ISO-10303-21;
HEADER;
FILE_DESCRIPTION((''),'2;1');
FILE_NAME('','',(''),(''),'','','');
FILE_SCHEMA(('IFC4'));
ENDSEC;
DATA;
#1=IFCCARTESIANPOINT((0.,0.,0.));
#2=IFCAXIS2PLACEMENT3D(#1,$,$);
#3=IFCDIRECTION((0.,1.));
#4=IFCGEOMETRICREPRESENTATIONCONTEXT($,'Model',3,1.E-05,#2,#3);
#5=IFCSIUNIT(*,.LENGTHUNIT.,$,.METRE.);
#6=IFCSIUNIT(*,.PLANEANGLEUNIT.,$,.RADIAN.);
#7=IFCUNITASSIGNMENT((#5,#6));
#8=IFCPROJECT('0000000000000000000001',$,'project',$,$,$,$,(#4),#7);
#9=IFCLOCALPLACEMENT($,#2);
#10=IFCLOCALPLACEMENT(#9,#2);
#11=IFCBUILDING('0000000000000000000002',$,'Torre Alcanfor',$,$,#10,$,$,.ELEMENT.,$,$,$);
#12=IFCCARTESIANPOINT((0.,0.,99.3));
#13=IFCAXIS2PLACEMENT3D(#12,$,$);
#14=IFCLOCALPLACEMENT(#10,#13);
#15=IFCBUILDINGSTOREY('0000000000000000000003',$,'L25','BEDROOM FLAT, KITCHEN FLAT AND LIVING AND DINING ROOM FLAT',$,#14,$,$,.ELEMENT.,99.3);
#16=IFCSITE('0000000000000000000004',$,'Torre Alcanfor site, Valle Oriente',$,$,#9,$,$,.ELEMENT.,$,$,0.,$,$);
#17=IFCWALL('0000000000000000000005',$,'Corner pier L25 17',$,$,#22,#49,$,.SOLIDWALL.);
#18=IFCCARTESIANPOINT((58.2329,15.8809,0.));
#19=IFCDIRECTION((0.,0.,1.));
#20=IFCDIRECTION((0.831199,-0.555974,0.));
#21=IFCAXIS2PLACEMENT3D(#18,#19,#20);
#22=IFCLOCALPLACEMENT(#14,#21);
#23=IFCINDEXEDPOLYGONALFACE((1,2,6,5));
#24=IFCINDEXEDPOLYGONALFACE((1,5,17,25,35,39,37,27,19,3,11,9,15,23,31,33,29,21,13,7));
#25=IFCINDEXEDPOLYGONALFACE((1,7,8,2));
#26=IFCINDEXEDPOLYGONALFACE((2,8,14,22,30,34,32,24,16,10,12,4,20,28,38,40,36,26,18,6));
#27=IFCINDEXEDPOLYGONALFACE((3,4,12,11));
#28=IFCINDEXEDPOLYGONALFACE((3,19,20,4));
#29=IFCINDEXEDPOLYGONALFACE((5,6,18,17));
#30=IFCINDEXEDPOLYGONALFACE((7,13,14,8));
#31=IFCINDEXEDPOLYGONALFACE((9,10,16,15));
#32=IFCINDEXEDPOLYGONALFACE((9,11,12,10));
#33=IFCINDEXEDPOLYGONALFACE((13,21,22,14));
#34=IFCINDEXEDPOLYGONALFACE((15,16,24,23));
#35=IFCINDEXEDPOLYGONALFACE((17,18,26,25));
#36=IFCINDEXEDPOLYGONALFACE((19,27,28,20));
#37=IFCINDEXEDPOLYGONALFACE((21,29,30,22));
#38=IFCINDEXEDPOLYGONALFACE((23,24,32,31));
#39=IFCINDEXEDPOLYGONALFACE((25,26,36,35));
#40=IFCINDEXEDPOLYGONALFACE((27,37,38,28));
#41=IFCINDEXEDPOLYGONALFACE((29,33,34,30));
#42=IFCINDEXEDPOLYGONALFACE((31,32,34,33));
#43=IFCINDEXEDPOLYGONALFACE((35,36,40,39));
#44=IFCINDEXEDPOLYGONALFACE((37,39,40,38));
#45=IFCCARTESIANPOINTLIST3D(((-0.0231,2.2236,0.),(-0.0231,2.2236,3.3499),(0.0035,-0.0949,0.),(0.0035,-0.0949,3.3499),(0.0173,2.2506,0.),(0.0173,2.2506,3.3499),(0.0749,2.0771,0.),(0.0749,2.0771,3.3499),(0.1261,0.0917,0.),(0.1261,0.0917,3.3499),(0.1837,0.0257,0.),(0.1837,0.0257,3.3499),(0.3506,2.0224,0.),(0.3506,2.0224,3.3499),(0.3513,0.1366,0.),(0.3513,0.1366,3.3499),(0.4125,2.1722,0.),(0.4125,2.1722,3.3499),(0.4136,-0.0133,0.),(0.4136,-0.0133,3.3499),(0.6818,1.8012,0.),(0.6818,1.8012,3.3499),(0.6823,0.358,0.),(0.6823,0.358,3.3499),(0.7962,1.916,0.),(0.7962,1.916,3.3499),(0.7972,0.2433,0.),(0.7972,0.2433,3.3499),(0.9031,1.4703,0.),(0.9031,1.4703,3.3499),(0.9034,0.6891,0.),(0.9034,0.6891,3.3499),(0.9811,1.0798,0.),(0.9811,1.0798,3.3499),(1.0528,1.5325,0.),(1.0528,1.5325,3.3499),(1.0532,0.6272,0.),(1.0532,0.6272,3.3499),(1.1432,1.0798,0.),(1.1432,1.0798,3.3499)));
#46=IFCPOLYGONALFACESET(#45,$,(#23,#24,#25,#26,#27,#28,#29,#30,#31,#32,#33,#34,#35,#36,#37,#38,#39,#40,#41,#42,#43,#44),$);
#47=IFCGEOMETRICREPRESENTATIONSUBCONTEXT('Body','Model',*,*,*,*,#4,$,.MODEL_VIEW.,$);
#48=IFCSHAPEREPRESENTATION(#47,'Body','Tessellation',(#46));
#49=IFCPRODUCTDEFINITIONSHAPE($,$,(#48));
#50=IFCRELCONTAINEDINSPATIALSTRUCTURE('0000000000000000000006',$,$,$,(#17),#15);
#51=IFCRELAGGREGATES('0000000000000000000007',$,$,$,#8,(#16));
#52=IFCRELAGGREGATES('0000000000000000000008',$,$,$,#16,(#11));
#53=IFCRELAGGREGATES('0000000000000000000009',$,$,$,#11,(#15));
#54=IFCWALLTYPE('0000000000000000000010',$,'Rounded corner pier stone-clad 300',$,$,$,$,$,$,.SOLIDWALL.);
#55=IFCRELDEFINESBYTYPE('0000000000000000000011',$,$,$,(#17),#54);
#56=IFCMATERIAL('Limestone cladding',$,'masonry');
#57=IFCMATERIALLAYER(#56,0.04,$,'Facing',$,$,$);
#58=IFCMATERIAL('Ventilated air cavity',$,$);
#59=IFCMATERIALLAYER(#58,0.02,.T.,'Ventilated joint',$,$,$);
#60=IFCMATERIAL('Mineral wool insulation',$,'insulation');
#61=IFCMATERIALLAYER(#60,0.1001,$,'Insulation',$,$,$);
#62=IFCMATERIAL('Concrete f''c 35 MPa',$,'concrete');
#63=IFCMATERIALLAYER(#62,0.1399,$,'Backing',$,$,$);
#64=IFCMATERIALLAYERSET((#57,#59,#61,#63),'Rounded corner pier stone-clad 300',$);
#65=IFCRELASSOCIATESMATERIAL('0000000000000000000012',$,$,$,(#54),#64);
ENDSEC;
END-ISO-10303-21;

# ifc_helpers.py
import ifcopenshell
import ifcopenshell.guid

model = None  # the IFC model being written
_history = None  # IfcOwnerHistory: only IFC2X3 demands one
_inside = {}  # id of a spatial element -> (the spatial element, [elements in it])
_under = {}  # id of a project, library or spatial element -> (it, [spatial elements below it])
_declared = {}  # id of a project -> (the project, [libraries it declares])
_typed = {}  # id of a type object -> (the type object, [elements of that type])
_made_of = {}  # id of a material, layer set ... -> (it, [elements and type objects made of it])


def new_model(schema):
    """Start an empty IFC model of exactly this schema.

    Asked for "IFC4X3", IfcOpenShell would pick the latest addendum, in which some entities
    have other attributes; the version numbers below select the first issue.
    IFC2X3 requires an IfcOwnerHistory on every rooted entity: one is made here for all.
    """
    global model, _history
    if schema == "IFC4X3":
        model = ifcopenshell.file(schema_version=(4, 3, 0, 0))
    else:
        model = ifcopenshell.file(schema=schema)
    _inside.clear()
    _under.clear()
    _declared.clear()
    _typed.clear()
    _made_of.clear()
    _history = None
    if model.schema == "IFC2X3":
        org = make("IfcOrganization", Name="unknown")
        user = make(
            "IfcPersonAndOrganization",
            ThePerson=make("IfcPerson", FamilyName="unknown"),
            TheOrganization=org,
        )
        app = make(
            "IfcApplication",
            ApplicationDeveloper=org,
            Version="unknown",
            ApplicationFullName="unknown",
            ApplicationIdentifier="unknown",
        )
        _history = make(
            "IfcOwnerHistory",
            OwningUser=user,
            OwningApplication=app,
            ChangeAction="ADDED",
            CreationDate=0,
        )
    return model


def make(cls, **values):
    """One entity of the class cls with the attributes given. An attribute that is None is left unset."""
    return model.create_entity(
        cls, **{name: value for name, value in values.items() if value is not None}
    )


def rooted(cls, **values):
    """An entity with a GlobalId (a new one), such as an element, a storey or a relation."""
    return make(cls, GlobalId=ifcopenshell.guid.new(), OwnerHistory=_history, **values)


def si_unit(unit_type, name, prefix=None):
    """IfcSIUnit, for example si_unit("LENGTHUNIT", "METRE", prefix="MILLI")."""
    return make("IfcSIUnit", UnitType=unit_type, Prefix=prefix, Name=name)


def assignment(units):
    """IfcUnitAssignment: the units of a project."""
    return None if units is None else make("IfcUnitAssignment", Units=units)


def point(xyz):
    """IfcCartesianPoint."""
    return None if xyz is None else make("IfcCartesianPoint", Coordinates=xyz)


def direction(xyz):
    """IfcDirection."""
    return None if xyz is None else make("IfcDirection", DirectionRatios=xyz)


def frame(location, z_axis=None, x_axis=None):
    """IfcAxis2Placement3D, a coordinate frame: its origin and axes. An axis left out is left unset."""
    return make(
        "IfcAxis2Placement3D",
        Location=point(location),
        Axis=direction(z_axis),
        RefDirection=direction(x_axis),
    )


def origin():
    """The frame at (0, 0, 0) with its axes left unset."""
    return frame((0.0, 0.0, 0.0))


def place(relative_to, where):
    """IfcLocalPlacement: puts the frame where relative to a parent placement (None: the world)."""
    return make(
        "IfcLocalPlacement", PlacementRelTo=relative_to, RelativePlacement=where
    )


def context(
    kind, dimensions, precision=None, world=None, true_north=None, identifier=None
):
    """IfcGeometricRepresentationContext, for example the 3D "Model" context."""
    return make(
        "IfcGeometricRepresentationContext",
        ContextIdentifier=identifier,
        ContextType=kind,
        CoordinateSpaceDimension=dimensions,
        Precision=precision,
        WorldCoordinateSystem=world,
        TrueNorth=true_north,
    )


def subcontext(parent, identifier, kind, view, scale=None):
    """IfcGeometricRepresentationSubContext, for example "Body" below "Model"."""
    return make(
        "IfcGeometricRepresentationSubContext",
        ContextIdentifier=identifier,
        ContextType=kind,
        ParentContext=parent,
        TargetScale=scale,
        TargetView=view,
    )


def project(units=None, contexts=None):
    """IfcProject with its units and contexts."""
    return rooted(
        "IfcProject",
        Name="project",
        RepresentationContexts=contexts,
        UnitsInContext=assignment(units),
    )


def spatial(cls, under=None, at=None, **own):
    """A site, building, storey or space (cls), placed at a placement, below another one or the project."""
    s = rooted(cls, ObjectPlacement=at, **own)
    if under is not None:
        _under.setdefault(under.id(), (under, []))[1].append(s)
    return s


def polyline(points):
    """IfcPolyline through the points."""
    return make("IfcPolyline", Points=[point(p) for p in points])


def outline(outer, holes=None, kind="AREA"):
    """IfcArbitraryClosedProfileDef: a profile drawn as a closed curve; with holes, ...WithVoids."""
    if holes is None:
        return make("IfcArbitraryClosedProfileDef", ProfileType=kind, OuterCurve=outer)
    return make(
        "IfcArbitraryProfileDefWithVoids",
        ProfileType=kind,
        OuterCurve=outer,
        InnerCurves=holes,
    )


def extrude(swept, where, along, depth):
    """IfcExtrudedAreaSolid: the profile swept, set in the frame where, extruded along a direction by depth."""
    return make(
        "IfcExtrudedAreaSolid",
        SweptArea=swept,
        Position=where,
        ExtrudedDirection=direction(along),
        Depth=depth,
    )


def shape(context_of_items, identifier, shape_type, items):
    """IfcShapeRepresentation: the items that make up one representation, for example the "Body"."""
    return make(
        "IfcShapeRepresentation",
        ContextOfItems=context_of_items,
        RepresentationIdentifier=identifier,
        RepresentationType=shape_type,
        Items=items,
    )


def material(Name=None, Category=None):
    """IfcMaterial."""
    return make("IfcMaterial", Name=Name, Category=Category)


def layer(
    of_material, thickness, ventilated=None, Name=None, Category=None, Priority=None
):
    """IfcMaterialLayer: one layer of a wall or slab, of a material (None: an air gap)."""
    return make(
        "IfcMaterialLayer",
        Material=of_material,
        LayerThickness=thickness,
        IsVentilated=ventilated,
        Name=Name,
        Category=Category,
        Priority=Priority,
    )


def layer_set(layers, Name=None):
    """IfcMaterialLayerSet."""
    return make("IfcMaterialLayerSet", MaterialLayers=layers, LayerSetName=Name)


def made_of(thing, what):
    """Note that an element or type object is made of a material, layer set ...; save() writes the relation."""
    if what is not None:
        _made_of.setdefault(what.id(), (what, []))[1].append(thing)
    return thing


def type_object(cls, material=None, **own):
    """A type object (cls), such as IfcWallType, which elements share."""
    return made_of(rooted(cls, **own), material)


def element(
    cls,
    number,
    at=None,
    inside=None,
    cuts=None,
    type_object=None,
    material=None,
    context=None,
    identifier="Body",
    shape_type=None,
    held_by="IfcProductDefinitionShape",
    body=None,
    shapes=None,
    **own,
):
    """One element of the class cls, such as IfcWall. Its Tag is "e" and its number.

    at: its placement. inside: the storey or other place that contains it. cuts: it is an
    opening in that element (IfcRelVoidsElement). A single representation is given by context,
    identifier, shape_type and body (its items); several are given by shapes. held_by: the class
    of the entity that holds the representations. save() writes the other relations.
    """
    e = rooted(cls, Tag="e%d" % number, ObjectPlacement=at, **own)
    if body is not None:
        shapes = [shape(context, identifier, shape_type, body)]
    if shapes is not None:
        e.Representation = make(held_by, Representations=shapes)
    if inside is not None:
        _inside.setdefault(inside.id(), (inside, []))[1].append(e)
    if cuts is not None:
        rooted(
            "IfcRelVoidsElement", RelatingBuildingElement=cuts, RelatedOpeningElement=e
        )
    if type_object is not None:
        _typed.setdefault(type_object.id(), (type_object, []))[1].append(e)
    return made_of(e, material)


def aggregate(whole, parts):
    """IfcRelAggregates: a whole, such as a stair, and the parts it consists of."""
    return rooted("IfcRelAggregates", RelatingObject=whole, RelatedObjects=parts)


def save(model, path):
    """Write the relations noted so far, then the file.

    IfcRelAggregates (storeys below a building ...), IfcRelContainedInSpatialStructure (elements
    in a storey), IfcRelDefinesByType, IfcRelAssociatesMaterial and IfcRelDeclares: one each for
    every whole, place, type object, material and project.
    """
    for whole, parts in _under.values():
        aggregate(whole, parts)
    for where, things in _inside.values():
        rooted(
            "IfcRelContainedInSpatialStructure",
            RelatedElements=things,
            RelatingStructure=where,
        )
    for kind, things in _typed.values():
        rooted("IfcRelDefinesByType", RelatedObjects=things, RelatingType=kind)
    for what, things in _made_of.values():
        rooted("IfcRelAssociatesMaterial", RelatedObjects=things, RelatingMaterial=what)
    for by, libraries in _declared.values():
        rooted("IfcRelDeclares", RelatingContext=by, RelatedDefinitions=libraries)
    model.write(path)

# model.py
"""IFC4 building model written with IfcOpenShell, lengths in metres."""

from ifc_helpers import new_model, si_unit, direction, frame, origin, place, context, subcontext, project, spatial, polyline, outline, extrude, material, layer, layer_set, type_object, element, save


model = new_model("IFC4")

# Units and contexts
model_context = context("Model", 3, precision=1e-05, world=origin(), true_north=direction((0.0, 1.0)))
body_context = subcontext(model_context, "Body", "Model", "MODEL_VIEW")
ifc_project = project(units=[si_unit("LENGTHUNIT", "METRE"), si_unit("PLANEANGLEUNIT", "RADIAN")], contexts=[model_context])

# Site, building, storey
site_placement = place(None, origin())
site = spatial("IfcSite", under=ifc_project, at=site_placement, Name="Torre Alcanfor site, Valle Oriente", CompositionType="ELEMENT", RefElevation=0.0)
building_placement = place(site_placement, origin())
building = spatial("IfcBuilding", under=site, at=building_placement, Name="Torre Alcanfor", CompositionType="ELEMENT")
storey_placement = place(building_placement, frame((0.0, 0.0, 99.3)))
storey = spatial("IfcBuildingStorey", under=building, at=storey_placement, Name="L25", Description="BEDROOM FLAT, KITCHEN FLAT AND LIVING AND DINING ROOM FLAT", CompositionType="ELEMENT", Elevation=99.3)

# Shared definitions
ifc_material_1 = material(Name="Limestone cladding", Category="masonry")
ifc_material_2 = material(Name="Ventilated air cavity")
ifc_material_3 = material(Name="Mineral wool insulation", Category="insulation")
ifc_material_4 = material(Name="Concrete f'c 35 MPa", Category="concrete")

# Wall
ifc_layer_1 = layer(ifc_material_1, 0.04, Name="Facing")
ifc_layer_2 = layer(ifc_material_2, 0.02, ventilated=True, Name="Ventilated joint")
ifc_layer_3 = layer(ifc_material_3, 0.1001, Name="Insulation")
ifc_layer_4 = layer(ifc_material_4, 0.1399, Name="Backing")
ifc_layer_set_1 = layer_set([ifc_layer_1, ifc_layer_2, ifc_layer_3, ifc_layer_4], Name="Rounded corner pier stone-clad 300")
wall_type_1 = type_object("IfcWallType", Name="Rounded corner pier stone-clad 300", PredefinedType="SOLIDWALL", material=ifc_layer_set_1)
wall_1_placement = place(storey_placement, frame((58.2329, 15.8809, 0.0), z_axis=(0.0, 0.0, 1.0), x_axis=(0.831199, -0.555974, 0.0)))
element("IfcWall", 1, at=wall_1_placement, inside=storey, type_object=wall_type_1, Name="Corner pier L25 17", PredefinedType="SOLIDWALL", context=body_context, shape_type="SweptSolid", body=[
    extrude(outline(polyline([(0.0749, 2.0771), (0.3506, 2.0224), (0.6818, 1.8012), (0.9031, 1.4703), (0.9811, 1.0798), (0.9034, 0.6891), (0.6823, 0.358), (0.3513, 0.1366), (0.1261, 0.0917), (0.1837, 0.0257), (0.0035, -0.0949), (0.4136, -0.0133), (0.7972, 0.2433), (1.0532, 0.6272), (1.1432, 1.0798), (1.0528, 1.5325), (0.7962, 1.916), (0.4125, 2.1722), (0.0173, 2.2506), (-0.0231, 2.2236), (0.0749, 2.0771)])), origin(), (0.0, 0.0, 1.0), 3.3499),
])

save(model, "model.ifc")
